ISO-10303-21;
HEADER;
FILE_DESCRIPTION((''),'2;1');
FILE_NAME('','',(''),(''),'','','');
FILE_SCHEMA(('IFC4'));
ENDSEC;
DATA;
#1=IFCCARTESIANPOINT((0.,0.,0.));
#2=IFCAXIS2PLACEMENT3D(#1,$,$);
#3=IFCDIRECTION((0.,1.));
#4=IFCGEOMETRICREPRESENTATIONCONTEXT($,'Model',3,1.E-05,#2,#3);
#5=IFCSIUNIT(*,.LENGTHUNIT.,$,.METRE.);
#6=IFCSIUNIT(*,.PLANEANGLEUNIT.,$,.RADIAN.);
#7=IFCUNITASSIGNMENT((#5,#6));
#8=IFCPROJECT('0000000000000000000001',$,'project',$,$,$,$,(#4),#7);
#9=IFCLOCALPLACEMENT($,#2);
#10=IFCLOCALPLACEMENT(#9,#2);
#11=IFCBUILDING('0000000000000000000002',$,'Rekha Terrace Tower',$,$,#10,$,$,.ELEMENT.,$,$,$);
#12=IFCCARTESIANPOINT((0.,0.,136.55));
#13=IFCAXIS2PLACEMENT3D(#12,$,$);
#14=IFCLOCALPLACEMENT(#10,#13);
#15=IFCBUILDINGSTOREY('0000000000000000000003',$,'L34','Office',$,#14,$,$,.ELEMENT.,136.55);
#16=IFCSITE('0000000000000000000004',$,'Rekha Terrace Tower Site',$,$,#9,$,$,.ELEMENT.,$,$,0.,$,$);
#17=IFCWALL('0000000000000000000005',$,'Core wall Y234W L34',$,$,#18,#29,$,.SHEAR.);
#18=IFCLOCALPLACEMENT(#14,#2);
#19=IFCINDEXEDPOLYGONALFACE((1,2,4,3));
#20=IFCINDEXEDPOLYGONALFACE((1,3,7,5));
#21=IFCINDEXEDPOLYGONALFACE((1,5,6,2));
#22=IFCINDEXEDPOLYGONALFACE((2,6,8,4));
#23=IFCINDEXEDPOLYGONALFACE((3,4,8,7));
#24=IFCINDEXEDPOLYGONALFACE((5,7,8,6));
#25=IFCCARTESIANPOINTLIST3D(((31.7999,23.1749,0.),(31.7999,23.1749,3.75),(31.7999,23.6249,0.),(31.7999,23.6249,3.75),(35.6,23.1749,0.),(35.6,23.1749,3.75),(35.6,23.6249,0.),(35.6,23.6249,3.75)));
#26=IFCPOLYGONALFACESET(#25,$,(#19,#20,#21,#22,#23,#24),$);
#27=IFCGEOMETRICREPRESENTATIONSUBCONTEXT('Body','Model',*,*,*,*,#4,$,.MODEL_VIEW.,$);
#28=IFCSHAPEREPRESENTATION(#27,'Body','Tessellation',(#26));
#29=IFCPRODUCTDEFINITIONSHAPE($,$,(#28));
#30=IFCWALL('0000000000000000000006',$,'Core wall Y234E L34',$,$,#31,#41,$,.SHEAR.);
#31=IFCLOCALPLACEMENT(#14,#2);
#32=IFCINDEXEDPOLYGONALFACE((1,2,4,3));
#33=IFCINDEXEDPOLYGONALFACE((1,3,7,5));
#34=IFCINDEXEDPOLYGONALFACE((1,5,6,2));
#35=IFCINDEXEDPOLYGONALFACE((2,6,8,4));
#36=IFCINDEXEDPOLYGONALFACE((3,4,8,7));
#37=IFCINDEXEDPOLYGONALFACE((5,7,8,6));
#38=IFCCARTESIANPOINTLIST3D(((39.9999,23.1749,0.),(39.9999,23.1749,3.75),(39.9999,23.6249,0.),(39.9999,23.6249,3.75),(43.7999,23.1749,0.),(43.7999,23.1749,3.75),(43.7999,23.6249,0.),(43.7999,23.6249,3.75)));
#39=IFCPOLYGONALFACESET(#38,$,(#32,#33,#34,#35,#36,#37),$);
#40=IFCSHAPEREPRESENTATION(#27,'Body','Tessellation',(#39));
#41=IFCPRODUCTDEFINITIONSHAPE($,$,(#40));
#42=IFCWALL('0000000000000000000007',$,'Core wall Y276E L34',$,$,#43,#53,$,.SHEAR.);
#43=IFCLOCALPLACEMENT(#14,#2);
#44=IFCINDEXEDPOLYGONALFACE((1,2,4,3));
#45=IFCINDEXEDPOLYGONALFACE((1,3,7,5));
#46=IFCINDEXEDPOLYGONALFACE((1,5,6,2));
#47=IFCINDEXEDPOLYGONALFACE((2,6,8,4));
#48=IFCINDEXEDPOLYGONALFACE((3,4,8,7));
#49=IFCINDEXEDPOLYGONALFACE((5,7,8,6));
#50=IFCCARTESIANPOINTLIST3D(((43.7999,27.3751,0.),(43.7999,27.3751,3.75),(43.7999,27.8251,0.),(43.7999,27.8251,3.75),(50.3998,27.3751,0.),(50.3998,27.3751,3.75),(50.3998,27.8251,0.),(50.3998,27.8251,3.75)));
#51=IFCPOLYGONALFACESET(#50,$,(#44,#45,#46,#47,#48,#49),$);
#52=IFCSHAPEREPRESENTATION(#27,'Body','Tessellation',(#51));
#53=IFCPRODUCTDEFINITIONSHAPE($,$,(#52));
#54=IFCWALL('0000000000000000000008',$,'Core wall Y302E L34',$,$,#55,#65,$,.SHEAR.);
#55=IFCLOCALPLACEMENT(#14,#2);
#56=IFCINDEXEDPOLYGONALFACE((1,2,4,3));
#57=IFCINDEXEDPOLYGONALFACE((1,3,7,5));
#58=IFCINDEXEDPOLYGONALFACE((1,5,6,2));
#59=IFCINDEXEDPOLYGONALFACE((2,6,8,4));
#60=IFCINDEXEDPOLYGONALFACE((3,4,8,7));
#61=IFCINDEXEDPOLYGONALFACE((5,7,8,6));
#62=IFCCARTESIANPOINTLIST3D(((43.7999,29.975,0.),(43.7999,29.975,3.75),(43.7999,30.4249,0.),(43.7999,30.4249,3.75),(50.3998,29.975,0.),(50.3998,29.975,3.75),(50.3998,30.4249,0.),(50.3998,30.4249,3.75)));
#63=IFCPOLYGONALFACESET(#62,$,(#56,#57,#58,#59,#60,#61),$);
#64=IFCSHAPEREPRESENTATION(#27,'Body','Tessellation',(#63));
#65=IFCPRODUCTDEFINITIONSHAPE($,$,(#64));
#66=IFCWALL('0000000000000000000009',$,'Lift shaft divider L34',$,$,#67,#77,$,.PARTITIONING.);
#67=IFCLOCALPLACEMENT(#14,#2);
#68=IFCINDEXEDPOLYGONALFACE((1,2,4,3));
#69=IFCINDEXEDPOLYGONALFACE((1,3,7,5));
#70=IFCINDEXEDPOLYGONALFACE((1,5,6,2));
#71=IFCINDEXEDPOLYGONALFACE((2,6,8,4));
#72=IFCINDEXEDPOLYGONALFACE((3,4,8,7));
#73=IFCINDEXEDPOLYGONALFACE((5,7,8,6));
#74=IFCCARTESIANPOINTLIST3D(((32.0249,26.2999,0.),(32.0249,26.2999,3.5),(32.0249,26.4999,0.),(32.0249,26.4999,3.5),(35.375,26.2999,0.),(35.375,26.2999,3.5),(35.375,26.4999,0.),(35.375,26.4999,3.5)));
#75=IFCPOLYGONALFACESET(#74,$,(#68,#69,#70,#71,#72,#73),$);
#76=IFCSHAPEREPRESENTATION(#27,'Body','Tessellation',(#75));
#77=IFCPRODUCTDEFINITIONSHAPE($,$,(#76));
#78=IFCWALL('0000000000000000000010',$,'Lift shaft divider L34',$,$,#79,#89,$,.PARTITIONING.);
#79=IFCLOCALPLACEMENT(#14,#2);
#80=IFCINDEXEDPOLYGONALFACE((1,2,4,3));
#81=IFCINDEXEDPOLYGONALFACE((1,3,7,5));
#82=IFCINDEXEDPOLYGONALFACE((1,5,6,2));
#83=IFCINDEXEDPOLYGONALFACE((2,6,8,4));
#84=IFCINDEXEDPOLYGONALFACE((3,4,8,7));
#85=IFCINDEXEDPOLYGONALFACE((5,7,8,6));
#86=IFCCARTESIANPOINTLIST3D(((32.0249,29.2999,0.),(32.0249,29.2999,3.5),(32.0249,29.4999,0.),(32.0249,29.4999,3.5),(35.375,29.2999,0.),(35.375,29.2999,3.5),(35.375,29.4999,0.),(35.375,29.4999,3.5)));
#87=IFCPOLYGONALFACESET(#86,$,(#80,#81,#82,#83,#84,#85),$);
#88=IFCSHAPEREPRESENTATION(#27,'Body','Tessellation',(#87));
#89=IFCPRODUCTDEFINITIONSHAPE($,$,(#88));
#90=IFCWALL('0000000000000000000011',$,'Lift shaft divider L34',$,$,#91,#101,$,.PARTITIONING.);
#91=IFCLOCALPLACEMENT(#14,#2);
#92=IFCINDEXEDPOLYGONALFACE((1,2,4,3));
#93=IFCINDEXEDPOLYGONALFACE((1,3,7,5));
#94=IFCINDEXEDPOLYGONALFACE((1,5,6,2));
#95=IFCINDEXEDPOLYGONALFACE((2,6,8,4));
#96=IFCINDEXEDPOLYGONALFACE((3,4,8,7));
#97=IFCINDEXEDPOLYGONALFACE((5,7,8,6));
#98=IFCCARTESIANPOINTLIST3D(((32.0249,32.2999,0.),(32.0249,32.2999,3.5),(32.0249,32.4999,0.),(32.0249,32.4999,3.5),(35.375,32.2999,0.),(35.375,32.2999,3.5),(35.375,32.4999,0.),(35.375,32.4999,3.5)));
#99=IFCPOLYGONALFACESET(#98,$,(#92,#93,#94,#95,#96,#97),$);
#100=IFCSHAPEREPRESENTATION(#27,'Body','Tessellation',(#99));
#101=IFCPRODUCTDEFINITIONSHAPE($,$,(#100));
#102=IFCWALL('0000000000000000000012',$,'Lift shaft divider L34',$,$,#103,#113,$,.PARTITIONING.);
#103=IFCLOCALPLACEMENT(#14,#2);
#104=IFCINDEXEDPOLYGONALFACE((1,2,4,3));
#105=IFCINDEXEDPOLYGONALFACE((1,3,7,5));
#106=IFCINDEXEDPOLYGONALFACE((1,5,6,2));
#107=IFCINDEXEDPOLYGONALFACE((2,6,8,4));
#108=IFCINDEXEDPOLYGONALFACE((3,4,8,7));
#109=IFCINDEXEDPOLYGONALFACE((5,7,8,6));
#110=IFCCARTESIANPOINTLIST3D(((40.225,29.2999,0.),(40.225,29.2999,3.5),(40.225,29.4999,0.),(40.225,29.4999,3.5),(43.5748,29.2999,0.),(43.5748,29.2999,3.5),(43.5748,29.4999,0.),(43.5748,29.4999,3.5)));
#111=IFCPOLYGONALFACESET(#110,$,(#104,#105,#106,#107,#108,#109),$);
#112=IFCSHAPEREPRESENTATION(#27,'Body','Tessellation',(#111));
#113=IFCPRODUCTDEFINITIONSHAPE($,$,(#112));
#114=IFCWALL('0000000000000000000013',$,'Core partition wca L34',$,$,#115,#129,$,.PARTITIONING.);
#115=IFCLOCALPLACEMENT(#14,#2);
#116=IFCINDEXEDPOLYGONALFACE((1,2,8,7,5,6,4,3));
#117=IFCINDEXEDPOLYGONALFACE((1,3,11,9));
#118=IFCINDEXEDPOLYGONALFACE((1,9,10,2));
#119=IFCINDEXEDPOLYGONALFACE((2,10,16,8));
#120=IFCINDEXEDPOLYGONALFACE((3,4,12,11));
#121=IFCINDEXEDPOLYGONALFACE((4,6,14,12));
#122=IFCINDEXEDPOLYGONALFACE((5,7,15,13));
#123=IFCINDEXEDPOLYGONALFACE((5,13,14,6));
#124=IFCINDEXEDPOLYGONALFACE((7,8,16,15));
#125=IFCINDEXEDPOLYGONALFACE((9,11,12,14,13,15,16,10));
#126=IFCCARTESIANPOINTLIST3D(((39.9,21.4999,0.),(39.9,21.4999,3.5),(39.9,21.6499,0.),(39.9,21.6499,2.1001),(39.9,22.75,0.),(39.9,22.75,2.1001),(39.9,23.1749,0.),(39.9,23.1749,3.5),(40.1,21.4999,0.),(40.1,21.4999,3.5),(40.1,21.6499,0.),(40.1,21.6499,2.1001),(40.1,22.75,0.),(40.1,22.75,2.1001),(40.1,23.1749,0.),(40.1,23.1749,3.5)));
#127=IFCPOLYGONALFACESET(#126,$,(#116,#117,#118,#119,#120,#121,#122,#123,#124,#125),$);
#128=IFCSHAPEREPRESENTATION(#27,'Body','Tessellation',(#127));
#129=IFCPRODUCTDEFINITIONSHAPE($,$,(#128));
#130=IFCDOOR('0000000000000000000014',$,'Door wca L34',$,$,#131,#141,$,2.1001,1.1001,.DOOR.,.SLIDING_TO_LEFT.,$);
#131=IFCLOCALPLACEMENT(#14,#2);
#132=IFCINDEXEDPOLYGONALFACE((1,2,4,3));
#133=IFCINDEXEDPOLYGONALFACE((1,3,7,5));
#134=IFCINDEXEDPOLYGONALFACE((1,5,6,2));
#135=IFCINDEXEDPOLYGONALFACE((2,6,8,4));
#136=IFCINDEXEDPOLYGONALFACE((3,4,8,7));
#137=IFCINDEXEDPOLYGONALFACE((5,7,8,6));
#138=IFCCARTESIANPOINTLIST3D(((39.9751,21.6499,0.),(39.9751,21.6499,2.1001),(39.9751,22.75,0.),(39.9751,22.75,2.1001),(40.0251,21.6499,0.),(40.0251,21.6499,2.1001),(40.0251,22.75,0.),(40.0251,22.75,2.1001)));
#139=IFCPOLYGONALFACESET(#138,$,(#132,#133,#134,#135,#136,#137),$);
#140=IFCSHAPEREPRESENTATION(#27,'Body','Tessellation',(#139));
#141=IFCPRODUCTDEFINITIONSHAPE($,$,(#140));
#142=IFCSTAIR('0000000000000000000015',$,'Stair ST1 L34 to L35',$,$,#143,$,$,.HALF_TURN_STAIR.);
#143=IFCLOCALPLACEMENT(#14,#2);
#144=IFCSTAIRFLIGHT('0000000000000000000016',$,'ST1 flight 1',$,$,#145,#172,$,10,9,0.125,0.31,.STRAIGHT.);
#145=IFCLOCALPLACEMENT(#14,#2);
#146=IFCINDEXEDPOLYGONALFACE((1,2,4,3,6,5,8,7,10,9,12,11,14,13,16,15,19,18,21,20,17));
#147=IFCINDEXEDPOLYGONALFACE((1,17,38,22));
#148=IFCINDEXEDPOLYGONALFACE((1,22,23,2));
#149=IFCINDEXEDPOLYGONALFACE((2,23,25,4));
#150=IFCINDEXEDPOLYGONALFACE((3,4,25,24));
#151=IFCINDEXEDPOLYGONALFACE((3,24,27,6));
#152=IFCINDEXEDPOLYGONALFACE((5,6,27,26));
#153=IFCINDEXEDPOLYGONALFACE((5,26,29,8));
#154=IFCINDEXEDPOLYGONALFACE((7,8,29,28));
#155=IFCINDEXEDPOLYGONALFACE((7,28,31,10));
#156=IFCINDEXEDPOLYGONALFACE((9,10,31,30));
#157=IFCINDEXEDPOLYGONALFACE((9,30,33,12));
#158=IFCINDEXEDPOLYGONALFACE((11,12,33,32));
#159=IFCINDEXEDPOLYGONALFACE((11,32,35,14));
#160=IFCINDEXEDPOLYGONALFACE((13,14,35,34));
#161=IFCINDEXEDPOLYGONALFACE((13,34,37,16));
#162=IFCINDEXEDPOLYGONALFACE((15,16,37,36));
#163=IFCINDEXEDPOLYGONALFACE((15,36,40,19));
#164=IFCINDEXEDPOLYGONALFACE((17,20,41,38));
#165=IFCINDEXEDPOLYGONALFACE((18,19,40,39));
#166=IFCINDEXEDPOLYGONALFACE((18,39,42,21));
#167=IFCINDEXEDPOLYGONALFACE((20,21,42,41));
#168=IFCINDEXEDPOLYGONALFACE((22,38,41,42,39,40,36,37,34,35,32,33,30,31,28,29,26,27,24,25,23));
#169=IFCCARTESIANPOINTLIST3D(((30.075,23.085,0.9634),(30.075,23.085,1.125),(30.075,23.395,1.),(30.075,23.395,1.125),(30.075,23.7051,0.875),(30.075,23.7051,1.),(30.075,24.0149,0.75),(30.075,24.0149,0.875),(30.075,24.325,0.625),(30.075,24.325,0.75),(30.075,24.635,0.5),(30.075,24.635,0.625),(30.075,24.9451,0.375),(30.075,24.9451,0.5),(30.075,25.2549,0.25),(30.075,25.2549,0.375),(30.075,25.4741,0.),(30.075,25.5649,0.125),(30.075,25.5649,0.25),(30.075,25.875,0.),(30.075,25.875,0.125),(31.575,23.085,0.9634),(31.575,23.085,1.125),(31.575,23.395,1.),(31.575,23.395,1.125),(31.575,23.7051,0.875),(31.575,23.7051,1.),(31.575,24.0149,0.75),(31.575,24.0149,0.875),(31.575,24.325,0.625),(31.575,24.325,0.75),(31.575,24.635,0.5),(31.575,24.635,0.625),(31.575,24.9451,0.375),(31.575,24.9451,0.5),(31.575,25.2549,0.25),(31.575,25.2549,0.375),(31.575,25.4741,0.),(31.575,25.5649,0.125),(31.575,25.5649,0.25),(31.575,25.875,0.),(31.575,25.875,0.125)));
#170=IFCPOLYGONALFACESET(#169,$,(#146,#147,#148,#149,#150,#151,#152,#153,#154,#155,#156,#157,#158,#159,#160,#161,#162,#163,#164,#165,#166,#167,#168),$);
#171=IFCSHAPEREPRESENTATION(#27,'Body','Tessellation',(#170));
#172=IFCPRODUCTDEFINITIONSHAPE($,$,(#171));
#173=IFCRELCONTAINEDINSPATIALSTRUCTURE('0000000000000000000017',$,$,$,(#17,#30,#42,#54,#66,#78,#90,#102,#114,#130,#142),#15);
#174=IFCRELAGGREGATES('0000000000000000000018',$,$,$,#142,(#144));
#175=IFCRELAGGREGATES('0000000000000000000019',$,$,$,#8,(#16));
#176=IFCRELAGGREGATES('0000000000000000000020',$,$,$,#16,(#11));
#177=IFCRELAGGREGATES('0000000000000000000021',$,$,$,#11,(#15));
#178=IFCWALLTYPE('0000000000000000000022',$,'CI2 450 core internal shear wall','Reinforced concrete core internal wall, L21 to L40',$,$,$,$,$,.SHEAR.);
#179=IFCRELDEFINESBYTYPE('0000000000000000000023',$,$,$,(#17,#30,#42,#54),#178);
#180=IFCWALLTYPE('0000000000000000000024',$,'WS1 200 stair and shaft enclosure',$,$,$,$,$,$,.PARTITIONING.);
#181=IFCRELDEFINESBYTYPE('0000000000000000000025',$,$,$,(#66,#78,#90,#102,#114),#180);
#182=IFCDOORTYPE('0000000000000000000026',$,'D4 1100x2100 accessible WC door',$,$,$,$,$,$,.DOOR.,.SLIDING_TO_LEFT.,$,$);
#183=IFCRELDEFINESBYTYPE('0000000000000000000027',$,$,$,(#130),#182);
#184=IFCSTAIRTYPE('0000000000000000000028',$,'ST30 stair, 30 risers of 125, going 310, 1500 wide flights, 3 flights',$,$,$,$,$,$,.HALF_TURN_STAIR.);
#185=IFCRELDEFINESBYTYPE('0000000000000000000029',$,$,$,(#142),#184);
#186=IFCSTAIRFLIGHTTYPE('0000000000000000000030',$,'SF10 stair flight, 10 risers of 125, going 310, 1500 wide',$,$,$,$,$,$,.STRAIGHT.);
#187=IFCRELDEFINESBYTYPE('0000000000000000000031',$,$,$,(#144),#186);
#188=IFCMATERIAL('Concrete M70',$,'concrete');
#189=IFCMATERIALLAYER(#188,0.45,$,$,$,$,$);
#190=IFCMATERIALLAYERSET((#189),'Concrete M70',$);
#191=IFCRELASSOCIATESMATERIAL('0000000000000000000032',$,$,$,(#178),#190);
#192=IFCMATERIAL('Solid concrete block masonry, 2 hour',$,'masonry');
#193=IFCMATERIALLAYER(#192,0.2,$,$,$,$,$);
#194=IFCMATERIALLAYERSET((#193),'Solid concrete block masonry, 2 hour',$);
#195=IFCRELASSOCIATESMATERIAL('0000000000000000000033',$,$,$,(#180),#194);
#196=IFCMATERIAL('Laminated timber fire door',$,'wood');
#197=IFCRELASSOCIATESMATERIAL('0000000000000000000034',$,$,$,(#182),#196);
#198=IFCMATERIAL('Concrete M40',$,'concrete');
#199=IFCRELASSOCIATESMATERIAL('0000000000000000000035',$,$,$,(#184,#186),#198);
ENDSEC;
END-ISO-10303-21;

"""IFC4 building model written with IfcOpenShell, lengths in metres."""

from ifc_helpers import new_model, si_unit, direction, frame, frame_2d, origin, place, context, subcontext, project, spatial, polyline, rectangle, outline, extrude, material, layer, layer_set, type_object, element, fill, aggregate, save


model = new_model("IFC4")

# Units and contexts
model_context = context("Model", 3, precision=1e-05, world=origin(), true_north=direction((0.0, 1.0)))
body_context = subcontext(model_context, "Body", "Model", "MODEL_VIEW")
ifc_project = project(units=[si_unit("LENGTHUNIT", "METRE"), si_unit("PLANEANGLEUNIT", "RADIAN")], contexts=[model_context])

# Site, building, storey
site_placement = place(None, origin())
site = spatial("IfcSite", under=ifc_project, at=site_placement, Name="Rekha Terrace Tower Site", CompositionType="ELEMENT", RefElevation=0.0)
building_placement = place(site_placement, origin())
building = spatial("IfcBuilding", under=site, at=building_placement, Name="Rekha Terrace Tower", CompositionType="ELEMENT")
storey_placement = place(building_placement, frame((0.0, 0.0, 136.55)))
storey = spatial("IfcBuildingStorey", under=building, at=storey_placement, Name="L34", Description="Office", CompositionType="ELEMENT", Elevation=136.55)

# Shared definitions
ifc_material_1 = material(Name="Concrete M70", Category="concrete")
ifc_layer_1 = layer(ifc_material_1, 0.45)
ifc_layer_set_1 = layer_set([ifc_layer_1], Name="Concrete M70")
wall_type_1 = type_object("IfcWallType", Name="CI2 450 core internal shear wall", Description="Reinforced concrete core internal wall, L21 to L40", PredefinedType="SHEAR", material=ifc_layer_set_1)

# Walls
for number, where, z_axis, x_axis, name in (
    (1, (31.8, 23.3999, 0.0), (0.0, 0.0, 1.0), (1.0, 0.0, 0.0), "Core wall Y234W L34"),
    (2, (40.0, 23.3999, 0.0), (0.0, 0.0, 1.0), (1.0, 0.0, 0.0), "Core wall Y234E L34"),
):
    element("IfcWall", number, at=place(storey_placement, frame(where, z_axis=z_axis, x_axis=x_axis)), inside=storey, type_object=wall_type_1, Name=name, PredefinedType="SHEAR", context=body_context, shape_type="SweptSolid", body=[
        extrude(rectangle(XDim=3.8, YDim=0.45, at=frame_2d((1.8999, 0.0))), origin(), (0.0, 0.0, 1.0), 3.75),
    ])
for number, where, z_axis, x_axis, name in (
    (3, (43.8, 27.6001, 0.0), (0.0, 0.0, 1.0), (1.0, 0.0, 0.0), "Core wall Y276E L34"),
    (4, (43.8, 30.2, 0.0), (0.0, 0.0, 1.0), (1.0, 0.0, 0.0), "Core wall Y302E L34"),
):
    element("IfcWall", number, at=place(storey_placement, frame(where, z_axis=z_axis, x_axis=x_axis)), inside=storey, type_object=wall_type_1, Name=name, PredefinedType="SHEAR", context=body_context, shape_type="SweptSolid", body=[
        extrude(rectangle(XDim=6.5999, YDim=0.45, at=frame_2d((3.2998, 0.0))), origin(), (0.0, 0.0, 1.0), 3.75),
    ])
ifc_material_2 = material(Name="Solid concrete block masonry, 2 hour", Category="masonry")
ifc_layer_2 = layer(ifc_material_2, 0.2)
ifc_layer_set_2 = layer_set([ifc_layer_2], Name="Solid concrete block masonry, 2 hour")
wall_type_2 = type_object("IfcWallType", Name="WS1 200 stair and shaft enclosure", PredefinedType="PARTITIONING", material=ifc_layer_set_2)
for number, where, z_axis, x_axis, name in (
    (5, (32.0249, 26.3999, 0.0), (0.0, 0.0, 1.0), (1.0, 0.0, 0.0), "Lift shaft divider L34"),
    (6, (32.0249, 29.3999, 0.0), (0.0, 0.0, 1.0), (1.0, 0.0, 0.0), "Lift shaft divider L34"),
    (7, (32.0249, 32.3999, 0.0), (0.0, 0.0, 1.0), (1.0, 0.0, 0.0), "Lift shaft divider L34"),
):
    element("IfcWall", number, at=place(storey_placement, frame(where, z_axis=z_axis, x_axis=x_axis)), inside=storey, type_object=wall_type_2, Name=name, PredefinedType="PARTITIONING", context=body_context, shape_type="SweptSolid", body=[
        extrude(rectangle(XDim=3.3501, YDim=0.2, at=frame_2d((1.675, 0.0))), origin(), (0.0, 0.0, 1.0), 3.5),
    ])
wall_1_placement = place(storey_placement, frame((40.2251, 29.3999, 0.0), z_axis=(0.0, 0.0, 1.0), x_axis=(1.0, 0.0, 0.0)))
element("IfcWall", 8, at=wall_1_placement, inside=storey, type_object=wall_type_2, Name="Lift shaft divider L34", PredefinedType="PARTITIONING", context=body_context, shape_type="SweptSolid", body=[
    extrude(rectangle(XDim=3.3499, YDim=0.2, at=frame_2d((1.6748, 0.0))), origin(), (0.0, 0.0, 1.0), 3.5),
])

# Wall, opening, door
wall_2_placement = place(storey_placement, frame((40.0, 21.5, 0.0), z_axis=(0.0, 0.0, 1.0), x_axis=(0.0, 1.0, 0.0)))
wall_2 = element("IfcWall", 9, at=wall_2_placement, inside=storey, type_object=wall_type_2, Name="Core partition wca L34", PredefinedType="PARTITIONING", context=body_context, shape_type="SweptSolid", body=[
    extrude(rectangle(XDim=1.675, YDim=0.2, at=frame_2d((0.8374, 0.0))), origin(), (0.0, 0.0, 1.0), 3.5),
])
opening_1_placement = place(wall_2_placement, frame((0.1499, 0.0, 0.0)))
opening_1 = element("IfcOpeningElement", 10, at=opening_1_placement, cuts=wall_2, PredefinedType="OPENING", context=body_context, shape_type="SweptSolid", body=[
    extrude(rectangle(XDim=1.1001, YDim=2.1001, at=frame_2d((0.55, 1.05))), frame((0.0, 0.1099, 0.0), z_axis=(0.0, -1.0, 0.0), x_axis=(1.0, 0.0, 0.0)), (0.0, 0.0, 1.0), 0.22),
])
ifc_material_3 = material(Name="Laminated timber fire door", Category="wood")
door_type_1 = type_object("IfcDoorType", Name="D4 1100x2100 accessible WC door", OperationType="SLIDING_TO_LEFT", PredefinedType="DOOR", material=ifc_material_3)
door_1_placement = place(opening_1_placement, origin())
door_1 = element("IfcDoor", 11, at=door_1_placement, inside=storey, type_object=door_type_1, Name="Door wca L34", OperationType="SLIDING_TO_LEFT", OverallHeight=2.1001, OverallWidth=1.1001, PredefinedType="DOOR", context=body_context, shape_type="SweptSolid", body=[
    extrude(rectangle(XDim=1.1001, YDim=2.1001, at=frame_2d((0.55, 1.05))), frame((0.0, 0.0249, 0.0), z_axis=(0.0, -1.0, 0.0), x_axis=(1.0, 0.0, 0.0)), (0.0, 0.0, 1.0), 0.05),
])
fill(opening_1, door_1)

# Stair, stair flight
ifc_material_4 = material(Name="Concrete M40", Category="concrete")
stair_type = type_object("IfcStairType", Name="ST30 stair, 30 risers of 125, going 310, 1500 wide flights, 3 flights", PredefinedType="HALF_TURN_STAIR", material=ifc_material_4)
stair_placement = place(storey_placement, origin())
stair = element("IfcStair", 12, at=stair_placement, inside=storey, type_object=stair_type, Name="Stair ST1 L34 to L35", PredefinedType="HALF_TURN_STAIR")
stair_flight_type = type_object("IfcStairFlightType", Name="SF10 stair flight, 10 risers of 125, going 310, 1500 wide", PredefinedType="STRAIGHT", material=ifc_material_4)
stair_flight_placement = place(storey_placement, frame((30.825, 25.875, 0.0), z_axis=(0.0, 0.0, 1.0), x_axis=(0.0, -1.0, 0.0)))
stair_flight = element("IfcStairFlight", 13, at=stair_flight_placement, type_object=stair_flight_type, Name="ST1 flight 1", NumberOfRisers=10, NumberOfTreads=9, PredefinedType="STRAIGHT", RiserHeight=0.125, TreadLength=0.31, context=body_context, shape_type="SweptSolid", body=[
    extrude(outline(polyline([(0.0, 0.0), (0.0, 0.125), (0.3101, 0.125), (0.3101, 0.25), (0.6201, 0.25), (0.6201, 0.375), (0.9299, 0.375), (0.9299, 0.5), (1.24, 0.5), (1.24, 0.625), (1.55, 0.625), (1.55, 0.75), (1.8601, 0.75), (1.8601, 0.875), (2.1699, 0.875), (2.1699, 1.0), (2.48, 1.0), (2.48, 1.125), (2.79, 1.125), (2.79, 1.25), (2.79, 0.9634), (0.4009, 0.0), (0.0, 0.0)])), frame((0.0, 0.75, 0.0), z_axis=(0.0, -1.0, 0.0), x_axis=(1.0, 0.0, 0.0)), (0.0, 0.0, 1.0), 1.5),
])
aggregate(stair, [stair_flight])

save(model, "model.ifc")
